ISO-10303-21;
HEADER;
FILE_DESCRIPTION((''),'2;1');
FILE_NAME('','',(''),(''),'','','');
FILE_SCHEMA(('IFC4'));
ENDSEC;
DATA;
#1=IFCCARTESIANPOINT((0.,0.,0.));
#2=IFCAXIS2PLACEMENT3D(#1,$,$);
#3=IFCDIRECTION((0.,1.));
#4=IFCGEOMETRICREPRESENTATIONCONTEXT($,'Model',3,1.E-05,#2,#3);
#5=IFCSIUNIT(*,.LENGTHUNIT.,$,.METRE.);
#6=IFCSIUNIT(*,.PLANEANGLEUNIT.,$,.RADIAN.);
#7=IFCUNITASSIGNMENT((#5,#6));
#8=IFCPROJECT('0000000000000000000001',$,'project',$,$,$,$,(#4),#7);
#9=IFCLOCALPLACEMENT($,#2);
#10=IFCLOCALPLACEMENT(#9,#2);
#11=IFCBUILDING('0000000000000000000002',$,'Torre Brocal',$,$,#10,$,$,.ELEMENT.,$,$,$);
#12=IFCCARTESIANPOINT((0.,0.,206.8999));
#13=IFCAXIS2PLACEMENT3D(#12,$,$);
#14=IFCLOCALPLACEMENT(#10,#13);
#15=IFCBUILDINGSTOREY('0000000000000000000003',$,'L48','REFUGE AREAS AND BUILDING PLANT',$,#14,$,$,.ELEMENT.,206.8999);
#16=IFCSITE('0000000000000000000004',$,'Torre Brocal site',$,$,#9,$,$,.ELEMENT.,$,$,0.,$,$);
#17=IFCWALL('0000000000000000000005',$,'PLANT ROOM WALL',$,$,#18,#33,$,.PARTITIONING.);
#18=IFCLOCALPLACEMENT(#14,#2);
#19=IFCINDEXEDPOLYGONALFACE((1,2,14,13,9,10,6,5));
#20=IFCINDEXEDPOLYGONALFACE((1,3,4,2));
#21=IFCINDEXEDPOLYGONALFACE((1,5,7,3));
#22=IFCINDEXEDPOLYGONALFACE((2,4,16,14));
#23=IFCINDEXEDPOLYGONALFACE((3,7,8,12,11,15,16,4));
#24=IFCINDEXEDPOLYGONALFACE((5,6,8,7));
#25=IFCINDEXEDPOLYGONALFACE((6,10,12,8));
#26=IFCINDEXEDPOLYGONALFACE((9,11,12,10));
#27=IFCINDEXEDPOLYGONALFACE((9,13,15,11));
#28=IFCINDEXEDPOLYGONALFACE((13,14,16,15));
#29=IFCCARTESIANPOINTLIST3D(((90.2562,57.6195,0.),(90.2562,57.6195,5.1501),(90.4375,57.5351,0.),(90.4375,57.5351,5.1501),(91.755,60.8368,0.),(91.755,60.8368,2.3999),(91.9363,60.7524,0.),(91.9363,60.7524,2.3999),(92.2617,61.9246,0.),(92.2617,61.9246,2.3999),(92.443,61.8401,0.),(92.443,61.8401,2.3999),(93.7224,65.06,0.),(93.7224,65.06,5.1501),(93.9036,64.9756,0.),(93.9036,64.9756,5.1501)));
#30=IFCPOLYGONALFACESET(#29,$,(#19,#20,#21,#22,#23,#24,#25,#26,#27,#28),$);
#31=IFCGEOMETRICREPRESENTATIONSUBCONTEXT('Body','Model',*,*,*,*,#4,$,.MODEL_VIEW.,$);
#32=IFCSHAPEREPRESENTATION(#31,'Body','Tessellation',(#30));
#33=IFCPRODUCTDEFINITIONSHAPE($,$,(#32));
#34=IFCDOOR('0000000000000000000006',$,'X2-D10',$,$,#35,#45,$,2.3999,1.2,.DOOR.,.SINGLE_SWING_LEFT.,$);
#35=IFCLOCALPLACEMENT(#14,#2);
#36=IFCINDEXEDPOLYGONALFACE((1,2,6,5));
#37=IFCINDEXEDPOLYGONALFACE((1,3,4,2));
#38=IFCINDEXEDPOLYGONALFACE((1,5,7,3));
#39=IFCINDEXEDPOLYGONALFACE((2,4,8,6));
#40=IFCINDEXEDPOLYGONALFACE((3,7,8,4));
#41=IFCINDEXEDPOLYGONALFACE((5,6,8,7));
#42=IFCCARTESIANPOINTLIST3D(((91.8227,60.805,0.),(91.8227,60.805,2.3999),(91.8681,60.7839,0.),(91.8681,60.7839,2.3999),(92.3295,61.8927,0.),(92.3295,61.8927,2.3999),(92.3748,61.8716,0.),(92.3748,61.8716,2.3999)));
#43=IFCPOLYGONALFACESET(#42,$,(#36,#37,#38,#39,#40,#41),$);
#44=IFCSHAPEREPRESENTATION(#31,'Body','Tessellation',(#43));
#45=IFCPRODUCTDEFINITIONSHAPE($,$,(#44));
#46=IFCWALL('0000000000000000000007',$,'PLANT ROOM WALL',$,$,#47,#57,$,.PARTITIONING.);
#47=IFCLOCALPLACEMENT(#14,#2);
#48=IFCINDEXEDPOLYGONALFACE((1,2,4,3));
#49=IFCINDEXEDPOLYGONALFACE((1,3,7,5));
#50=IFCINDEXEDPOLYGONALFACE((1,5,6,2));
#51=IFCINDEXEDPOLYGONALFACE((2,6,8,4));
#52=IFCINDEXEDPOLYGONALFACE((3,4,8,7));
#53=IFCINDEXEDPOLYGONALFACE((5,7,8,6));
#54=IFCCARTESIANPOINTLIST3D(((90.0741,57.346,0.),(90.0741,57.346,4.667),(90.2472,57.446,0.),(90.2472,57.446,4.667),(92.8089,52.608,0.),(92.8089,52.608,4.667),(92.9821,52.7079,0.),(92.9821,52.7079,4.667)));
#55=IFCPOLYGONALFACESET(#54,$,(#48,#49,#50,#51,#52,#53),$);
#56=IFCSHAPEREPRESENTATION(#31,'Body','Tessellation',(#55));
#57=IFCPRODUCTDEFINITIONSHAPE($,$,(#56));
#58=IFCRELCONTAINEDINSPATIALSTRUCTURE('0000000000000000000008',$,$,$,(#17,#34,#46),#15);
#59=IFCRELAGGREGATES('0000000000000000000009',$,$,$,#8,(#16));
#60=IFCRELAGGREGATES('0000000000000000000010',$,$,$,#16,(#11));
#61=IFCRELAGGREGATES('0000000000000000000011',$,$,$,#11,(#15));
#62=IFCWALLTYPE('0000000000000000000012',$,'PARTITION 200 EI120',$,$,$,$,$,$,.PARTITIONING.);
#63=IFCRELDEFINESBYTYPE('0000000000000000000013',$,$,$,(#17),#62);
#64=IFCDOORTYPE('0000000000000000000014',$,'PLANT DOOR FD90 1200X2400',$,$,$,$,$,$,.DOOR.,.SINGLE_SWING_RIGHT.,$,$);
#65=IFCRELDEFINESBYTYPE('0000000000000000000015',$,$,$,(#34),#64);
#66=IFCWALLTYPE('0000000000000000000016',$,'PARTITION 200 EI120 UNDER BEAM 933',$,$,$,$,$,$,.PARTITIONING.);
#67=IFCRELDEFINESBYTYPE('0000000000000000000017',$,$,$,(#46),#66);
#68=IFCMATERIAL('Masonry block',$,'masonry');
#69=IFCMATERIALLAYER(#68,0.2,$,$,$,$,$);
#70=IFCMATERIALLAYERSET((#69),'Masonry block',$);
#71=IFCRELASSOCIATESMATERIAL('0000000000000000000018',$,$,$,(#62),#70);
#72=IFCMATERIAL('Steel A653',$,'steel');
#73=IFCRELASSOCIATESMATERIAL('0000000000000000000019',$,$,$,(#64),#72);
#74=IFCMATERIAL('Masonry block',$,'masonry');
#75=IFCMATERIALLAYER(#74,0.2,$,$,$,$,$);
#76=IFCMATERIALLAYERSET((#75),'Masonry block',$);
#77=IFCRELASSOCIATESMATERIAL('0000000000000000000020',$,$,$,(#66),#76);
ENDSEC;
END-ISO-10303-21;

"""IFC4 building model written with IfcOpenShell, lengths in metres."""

from ifc_helpers import new_model, si_unit, direction, frame, frame_2d, origin, place, context, subcontext, project, spatial, rectangle, extrude, material, layer, layer_set, type_object, element, fill, save


model = new_model("IFC4")

# Units and contexts
model_context = context("Model", 3, precision=1e-05, world=origin(), true_north=direction((0.0, 1.0)))
body_context = subcontext(model_context, "Body", "Model", "MODEL_VIEW")
ifc_project = project(units=[si_unit("LENGTHUNIT", "METRE"), si_unit("PLANEANGLEUNIT", "RADIAN")], contexts=[model_context])

# Site, building, storey
site_placement = place(None, origin())
site = spatial("IfcSite", under=ifc_project, at=site_placement, Name="Torre Brocal site", CompositionType="ELEMENT", RefElevation=0.0)
building_placement = place(site_placement, origin())
building = spatial("IfcBuilding", under=site, at=building_placement, Name="Torre Brocal", CompositionType="ELEMENT")
storey_placement = place(building_placement, frame((0.0, 0.0, 206.8999)))
storey = spatial("IfcBuildingStorey", under=building, at=storey_placement, Name="L48", Description="REFUGE AREAS AND BUILDING PLANT", CompositionType="ELEMENT", Elevation=206.8999)

# Wall, opening, door
ifc_material_1 = material(Name="Masonry block", Category="masonry")
ifc_layer_1 = layer(ifc_material_1, 0.2)
ifc_layer_set_1 = layer_set([ifc_layer_1], Name="Masonry block")
wall_type_1 = type_object("IfcWallType", Name="PARTITION 200 EI120", PredefinedType="PARTITIONING", material=ifc_layer_set_1)
ifc_material_2 = material(Name="Steel A653", Category="steel")
door_type = type_object("IfcDoorType", Name="PLANT DOOR FD90 1200X2400", OperationType="SINGLE_SWING_RIGHT", PredefinedType="DOOR", material=ifc_material_2)
wall_1_placement = place(storey_placement, frame((90.3469, 57.5774, 0.0), z_axis=(0.0, 0.0, 1.0), x_axis=(0.422271, 0.906469, 0.0)))
wall_1 = element("IfcWall", 1, at=wall_1_placement, inside=storey, type_object=wall_type_1, Name="PLANT ROOM WALL", PredefinedType="PARTITIONING", context=body_context, shape_type="SweptSolid", body=[
    extrude(rectangle(XDim=8.2083, YDim=0.2, at=frame_2d((4.104, 0.0))), origin(), (0.0, 0.0, 1.0), 5.1501),
])
opening_1_placement = place(wall_1_placement, frame((3.5491, 0.0, 0.0)))
opening_1 = element("IfcOpeningElement", 2, at=opening_1_placement, cuts=wall_1, PredefinedType="OPENING", context=body_context, shape_type="SweptSolid", body=[
    extrude(rectangle(XDim=1.2, YDim=2.3999, at=frame_2d((0.6001, 1.2))), frame((0.0, 0.1099, 0.0), z_axis=(0.0, -1.0, 0.0), x_axis=(1.0, 0.0, 0.0)), (0.0, 0.0, 1.0), 0.22),
])
door_1_placement = place(opening_1_placement, frame((1.2, 0.0, 0.0), z_axis=(0.0, 0.0, 1.0), x_axis=(-1.0, 0.0, 0.0)))
door_1 = element("IfcDoor", 3, at=door_1_placement, inside=storey, type_object=door_type, Name="X2-D10", OperationType="SINGLE_SWING_LEFT", OverallHeight=2.3999, OverallWidth=1.2, PredefinedType="DOOR", context=body_context, shape_type="SweptSolid", body=[
    extrude(rectangle(XDim=1.2, YDim=2.3999, at=frame_2d((0.6001, 1.2))), frame((0.0, 0.0249, 0.0), z_axis=(0.0, -1.0, 0.0), x_axis=(1.0, 0.0, 0.0)), (0.0, 0.0, 1.0), 0.05),
])
fill(opening_1, door_1)

# Wall
ifc_material_3 = material(Name="Masonry block", Category="masonry")
ifc_layer_2 = layer(ifc_material_3, 0.2)
ifc_layer_set_2 = layer_set([ifc_layer_2], Name="Masonry block")
wall_type_2 = type_object("IfcWallType", Name="PARTITION 200 EI120 UNDER BEAM 933", PredefinedType="PARTITIONING", material=ifc_layer_set_2)
wall_2_placement = place(storey_placement, frame((90.1606, 57.396, 0.0), z_axis=(0.0, 0.0, 1.0), x_axis=(0.499912, -0.866076, 0.0)))
element("IfcWall", 4, at=wall_2_placement, inside=storey, type_object=wall_type_2, Name="PLANT ROOM WALL", PredefinedType="PARTITIONING", context=body_context, shape_type="SweptSolid", body=[
    extrude(rectangle(XDim=5.4707, YDim=0.2, at=frame_2d((2.7354, 0.0))), origin(), (0.0, 0.0, 1.0), 4.667),
])

save(model, "model.ifc")
